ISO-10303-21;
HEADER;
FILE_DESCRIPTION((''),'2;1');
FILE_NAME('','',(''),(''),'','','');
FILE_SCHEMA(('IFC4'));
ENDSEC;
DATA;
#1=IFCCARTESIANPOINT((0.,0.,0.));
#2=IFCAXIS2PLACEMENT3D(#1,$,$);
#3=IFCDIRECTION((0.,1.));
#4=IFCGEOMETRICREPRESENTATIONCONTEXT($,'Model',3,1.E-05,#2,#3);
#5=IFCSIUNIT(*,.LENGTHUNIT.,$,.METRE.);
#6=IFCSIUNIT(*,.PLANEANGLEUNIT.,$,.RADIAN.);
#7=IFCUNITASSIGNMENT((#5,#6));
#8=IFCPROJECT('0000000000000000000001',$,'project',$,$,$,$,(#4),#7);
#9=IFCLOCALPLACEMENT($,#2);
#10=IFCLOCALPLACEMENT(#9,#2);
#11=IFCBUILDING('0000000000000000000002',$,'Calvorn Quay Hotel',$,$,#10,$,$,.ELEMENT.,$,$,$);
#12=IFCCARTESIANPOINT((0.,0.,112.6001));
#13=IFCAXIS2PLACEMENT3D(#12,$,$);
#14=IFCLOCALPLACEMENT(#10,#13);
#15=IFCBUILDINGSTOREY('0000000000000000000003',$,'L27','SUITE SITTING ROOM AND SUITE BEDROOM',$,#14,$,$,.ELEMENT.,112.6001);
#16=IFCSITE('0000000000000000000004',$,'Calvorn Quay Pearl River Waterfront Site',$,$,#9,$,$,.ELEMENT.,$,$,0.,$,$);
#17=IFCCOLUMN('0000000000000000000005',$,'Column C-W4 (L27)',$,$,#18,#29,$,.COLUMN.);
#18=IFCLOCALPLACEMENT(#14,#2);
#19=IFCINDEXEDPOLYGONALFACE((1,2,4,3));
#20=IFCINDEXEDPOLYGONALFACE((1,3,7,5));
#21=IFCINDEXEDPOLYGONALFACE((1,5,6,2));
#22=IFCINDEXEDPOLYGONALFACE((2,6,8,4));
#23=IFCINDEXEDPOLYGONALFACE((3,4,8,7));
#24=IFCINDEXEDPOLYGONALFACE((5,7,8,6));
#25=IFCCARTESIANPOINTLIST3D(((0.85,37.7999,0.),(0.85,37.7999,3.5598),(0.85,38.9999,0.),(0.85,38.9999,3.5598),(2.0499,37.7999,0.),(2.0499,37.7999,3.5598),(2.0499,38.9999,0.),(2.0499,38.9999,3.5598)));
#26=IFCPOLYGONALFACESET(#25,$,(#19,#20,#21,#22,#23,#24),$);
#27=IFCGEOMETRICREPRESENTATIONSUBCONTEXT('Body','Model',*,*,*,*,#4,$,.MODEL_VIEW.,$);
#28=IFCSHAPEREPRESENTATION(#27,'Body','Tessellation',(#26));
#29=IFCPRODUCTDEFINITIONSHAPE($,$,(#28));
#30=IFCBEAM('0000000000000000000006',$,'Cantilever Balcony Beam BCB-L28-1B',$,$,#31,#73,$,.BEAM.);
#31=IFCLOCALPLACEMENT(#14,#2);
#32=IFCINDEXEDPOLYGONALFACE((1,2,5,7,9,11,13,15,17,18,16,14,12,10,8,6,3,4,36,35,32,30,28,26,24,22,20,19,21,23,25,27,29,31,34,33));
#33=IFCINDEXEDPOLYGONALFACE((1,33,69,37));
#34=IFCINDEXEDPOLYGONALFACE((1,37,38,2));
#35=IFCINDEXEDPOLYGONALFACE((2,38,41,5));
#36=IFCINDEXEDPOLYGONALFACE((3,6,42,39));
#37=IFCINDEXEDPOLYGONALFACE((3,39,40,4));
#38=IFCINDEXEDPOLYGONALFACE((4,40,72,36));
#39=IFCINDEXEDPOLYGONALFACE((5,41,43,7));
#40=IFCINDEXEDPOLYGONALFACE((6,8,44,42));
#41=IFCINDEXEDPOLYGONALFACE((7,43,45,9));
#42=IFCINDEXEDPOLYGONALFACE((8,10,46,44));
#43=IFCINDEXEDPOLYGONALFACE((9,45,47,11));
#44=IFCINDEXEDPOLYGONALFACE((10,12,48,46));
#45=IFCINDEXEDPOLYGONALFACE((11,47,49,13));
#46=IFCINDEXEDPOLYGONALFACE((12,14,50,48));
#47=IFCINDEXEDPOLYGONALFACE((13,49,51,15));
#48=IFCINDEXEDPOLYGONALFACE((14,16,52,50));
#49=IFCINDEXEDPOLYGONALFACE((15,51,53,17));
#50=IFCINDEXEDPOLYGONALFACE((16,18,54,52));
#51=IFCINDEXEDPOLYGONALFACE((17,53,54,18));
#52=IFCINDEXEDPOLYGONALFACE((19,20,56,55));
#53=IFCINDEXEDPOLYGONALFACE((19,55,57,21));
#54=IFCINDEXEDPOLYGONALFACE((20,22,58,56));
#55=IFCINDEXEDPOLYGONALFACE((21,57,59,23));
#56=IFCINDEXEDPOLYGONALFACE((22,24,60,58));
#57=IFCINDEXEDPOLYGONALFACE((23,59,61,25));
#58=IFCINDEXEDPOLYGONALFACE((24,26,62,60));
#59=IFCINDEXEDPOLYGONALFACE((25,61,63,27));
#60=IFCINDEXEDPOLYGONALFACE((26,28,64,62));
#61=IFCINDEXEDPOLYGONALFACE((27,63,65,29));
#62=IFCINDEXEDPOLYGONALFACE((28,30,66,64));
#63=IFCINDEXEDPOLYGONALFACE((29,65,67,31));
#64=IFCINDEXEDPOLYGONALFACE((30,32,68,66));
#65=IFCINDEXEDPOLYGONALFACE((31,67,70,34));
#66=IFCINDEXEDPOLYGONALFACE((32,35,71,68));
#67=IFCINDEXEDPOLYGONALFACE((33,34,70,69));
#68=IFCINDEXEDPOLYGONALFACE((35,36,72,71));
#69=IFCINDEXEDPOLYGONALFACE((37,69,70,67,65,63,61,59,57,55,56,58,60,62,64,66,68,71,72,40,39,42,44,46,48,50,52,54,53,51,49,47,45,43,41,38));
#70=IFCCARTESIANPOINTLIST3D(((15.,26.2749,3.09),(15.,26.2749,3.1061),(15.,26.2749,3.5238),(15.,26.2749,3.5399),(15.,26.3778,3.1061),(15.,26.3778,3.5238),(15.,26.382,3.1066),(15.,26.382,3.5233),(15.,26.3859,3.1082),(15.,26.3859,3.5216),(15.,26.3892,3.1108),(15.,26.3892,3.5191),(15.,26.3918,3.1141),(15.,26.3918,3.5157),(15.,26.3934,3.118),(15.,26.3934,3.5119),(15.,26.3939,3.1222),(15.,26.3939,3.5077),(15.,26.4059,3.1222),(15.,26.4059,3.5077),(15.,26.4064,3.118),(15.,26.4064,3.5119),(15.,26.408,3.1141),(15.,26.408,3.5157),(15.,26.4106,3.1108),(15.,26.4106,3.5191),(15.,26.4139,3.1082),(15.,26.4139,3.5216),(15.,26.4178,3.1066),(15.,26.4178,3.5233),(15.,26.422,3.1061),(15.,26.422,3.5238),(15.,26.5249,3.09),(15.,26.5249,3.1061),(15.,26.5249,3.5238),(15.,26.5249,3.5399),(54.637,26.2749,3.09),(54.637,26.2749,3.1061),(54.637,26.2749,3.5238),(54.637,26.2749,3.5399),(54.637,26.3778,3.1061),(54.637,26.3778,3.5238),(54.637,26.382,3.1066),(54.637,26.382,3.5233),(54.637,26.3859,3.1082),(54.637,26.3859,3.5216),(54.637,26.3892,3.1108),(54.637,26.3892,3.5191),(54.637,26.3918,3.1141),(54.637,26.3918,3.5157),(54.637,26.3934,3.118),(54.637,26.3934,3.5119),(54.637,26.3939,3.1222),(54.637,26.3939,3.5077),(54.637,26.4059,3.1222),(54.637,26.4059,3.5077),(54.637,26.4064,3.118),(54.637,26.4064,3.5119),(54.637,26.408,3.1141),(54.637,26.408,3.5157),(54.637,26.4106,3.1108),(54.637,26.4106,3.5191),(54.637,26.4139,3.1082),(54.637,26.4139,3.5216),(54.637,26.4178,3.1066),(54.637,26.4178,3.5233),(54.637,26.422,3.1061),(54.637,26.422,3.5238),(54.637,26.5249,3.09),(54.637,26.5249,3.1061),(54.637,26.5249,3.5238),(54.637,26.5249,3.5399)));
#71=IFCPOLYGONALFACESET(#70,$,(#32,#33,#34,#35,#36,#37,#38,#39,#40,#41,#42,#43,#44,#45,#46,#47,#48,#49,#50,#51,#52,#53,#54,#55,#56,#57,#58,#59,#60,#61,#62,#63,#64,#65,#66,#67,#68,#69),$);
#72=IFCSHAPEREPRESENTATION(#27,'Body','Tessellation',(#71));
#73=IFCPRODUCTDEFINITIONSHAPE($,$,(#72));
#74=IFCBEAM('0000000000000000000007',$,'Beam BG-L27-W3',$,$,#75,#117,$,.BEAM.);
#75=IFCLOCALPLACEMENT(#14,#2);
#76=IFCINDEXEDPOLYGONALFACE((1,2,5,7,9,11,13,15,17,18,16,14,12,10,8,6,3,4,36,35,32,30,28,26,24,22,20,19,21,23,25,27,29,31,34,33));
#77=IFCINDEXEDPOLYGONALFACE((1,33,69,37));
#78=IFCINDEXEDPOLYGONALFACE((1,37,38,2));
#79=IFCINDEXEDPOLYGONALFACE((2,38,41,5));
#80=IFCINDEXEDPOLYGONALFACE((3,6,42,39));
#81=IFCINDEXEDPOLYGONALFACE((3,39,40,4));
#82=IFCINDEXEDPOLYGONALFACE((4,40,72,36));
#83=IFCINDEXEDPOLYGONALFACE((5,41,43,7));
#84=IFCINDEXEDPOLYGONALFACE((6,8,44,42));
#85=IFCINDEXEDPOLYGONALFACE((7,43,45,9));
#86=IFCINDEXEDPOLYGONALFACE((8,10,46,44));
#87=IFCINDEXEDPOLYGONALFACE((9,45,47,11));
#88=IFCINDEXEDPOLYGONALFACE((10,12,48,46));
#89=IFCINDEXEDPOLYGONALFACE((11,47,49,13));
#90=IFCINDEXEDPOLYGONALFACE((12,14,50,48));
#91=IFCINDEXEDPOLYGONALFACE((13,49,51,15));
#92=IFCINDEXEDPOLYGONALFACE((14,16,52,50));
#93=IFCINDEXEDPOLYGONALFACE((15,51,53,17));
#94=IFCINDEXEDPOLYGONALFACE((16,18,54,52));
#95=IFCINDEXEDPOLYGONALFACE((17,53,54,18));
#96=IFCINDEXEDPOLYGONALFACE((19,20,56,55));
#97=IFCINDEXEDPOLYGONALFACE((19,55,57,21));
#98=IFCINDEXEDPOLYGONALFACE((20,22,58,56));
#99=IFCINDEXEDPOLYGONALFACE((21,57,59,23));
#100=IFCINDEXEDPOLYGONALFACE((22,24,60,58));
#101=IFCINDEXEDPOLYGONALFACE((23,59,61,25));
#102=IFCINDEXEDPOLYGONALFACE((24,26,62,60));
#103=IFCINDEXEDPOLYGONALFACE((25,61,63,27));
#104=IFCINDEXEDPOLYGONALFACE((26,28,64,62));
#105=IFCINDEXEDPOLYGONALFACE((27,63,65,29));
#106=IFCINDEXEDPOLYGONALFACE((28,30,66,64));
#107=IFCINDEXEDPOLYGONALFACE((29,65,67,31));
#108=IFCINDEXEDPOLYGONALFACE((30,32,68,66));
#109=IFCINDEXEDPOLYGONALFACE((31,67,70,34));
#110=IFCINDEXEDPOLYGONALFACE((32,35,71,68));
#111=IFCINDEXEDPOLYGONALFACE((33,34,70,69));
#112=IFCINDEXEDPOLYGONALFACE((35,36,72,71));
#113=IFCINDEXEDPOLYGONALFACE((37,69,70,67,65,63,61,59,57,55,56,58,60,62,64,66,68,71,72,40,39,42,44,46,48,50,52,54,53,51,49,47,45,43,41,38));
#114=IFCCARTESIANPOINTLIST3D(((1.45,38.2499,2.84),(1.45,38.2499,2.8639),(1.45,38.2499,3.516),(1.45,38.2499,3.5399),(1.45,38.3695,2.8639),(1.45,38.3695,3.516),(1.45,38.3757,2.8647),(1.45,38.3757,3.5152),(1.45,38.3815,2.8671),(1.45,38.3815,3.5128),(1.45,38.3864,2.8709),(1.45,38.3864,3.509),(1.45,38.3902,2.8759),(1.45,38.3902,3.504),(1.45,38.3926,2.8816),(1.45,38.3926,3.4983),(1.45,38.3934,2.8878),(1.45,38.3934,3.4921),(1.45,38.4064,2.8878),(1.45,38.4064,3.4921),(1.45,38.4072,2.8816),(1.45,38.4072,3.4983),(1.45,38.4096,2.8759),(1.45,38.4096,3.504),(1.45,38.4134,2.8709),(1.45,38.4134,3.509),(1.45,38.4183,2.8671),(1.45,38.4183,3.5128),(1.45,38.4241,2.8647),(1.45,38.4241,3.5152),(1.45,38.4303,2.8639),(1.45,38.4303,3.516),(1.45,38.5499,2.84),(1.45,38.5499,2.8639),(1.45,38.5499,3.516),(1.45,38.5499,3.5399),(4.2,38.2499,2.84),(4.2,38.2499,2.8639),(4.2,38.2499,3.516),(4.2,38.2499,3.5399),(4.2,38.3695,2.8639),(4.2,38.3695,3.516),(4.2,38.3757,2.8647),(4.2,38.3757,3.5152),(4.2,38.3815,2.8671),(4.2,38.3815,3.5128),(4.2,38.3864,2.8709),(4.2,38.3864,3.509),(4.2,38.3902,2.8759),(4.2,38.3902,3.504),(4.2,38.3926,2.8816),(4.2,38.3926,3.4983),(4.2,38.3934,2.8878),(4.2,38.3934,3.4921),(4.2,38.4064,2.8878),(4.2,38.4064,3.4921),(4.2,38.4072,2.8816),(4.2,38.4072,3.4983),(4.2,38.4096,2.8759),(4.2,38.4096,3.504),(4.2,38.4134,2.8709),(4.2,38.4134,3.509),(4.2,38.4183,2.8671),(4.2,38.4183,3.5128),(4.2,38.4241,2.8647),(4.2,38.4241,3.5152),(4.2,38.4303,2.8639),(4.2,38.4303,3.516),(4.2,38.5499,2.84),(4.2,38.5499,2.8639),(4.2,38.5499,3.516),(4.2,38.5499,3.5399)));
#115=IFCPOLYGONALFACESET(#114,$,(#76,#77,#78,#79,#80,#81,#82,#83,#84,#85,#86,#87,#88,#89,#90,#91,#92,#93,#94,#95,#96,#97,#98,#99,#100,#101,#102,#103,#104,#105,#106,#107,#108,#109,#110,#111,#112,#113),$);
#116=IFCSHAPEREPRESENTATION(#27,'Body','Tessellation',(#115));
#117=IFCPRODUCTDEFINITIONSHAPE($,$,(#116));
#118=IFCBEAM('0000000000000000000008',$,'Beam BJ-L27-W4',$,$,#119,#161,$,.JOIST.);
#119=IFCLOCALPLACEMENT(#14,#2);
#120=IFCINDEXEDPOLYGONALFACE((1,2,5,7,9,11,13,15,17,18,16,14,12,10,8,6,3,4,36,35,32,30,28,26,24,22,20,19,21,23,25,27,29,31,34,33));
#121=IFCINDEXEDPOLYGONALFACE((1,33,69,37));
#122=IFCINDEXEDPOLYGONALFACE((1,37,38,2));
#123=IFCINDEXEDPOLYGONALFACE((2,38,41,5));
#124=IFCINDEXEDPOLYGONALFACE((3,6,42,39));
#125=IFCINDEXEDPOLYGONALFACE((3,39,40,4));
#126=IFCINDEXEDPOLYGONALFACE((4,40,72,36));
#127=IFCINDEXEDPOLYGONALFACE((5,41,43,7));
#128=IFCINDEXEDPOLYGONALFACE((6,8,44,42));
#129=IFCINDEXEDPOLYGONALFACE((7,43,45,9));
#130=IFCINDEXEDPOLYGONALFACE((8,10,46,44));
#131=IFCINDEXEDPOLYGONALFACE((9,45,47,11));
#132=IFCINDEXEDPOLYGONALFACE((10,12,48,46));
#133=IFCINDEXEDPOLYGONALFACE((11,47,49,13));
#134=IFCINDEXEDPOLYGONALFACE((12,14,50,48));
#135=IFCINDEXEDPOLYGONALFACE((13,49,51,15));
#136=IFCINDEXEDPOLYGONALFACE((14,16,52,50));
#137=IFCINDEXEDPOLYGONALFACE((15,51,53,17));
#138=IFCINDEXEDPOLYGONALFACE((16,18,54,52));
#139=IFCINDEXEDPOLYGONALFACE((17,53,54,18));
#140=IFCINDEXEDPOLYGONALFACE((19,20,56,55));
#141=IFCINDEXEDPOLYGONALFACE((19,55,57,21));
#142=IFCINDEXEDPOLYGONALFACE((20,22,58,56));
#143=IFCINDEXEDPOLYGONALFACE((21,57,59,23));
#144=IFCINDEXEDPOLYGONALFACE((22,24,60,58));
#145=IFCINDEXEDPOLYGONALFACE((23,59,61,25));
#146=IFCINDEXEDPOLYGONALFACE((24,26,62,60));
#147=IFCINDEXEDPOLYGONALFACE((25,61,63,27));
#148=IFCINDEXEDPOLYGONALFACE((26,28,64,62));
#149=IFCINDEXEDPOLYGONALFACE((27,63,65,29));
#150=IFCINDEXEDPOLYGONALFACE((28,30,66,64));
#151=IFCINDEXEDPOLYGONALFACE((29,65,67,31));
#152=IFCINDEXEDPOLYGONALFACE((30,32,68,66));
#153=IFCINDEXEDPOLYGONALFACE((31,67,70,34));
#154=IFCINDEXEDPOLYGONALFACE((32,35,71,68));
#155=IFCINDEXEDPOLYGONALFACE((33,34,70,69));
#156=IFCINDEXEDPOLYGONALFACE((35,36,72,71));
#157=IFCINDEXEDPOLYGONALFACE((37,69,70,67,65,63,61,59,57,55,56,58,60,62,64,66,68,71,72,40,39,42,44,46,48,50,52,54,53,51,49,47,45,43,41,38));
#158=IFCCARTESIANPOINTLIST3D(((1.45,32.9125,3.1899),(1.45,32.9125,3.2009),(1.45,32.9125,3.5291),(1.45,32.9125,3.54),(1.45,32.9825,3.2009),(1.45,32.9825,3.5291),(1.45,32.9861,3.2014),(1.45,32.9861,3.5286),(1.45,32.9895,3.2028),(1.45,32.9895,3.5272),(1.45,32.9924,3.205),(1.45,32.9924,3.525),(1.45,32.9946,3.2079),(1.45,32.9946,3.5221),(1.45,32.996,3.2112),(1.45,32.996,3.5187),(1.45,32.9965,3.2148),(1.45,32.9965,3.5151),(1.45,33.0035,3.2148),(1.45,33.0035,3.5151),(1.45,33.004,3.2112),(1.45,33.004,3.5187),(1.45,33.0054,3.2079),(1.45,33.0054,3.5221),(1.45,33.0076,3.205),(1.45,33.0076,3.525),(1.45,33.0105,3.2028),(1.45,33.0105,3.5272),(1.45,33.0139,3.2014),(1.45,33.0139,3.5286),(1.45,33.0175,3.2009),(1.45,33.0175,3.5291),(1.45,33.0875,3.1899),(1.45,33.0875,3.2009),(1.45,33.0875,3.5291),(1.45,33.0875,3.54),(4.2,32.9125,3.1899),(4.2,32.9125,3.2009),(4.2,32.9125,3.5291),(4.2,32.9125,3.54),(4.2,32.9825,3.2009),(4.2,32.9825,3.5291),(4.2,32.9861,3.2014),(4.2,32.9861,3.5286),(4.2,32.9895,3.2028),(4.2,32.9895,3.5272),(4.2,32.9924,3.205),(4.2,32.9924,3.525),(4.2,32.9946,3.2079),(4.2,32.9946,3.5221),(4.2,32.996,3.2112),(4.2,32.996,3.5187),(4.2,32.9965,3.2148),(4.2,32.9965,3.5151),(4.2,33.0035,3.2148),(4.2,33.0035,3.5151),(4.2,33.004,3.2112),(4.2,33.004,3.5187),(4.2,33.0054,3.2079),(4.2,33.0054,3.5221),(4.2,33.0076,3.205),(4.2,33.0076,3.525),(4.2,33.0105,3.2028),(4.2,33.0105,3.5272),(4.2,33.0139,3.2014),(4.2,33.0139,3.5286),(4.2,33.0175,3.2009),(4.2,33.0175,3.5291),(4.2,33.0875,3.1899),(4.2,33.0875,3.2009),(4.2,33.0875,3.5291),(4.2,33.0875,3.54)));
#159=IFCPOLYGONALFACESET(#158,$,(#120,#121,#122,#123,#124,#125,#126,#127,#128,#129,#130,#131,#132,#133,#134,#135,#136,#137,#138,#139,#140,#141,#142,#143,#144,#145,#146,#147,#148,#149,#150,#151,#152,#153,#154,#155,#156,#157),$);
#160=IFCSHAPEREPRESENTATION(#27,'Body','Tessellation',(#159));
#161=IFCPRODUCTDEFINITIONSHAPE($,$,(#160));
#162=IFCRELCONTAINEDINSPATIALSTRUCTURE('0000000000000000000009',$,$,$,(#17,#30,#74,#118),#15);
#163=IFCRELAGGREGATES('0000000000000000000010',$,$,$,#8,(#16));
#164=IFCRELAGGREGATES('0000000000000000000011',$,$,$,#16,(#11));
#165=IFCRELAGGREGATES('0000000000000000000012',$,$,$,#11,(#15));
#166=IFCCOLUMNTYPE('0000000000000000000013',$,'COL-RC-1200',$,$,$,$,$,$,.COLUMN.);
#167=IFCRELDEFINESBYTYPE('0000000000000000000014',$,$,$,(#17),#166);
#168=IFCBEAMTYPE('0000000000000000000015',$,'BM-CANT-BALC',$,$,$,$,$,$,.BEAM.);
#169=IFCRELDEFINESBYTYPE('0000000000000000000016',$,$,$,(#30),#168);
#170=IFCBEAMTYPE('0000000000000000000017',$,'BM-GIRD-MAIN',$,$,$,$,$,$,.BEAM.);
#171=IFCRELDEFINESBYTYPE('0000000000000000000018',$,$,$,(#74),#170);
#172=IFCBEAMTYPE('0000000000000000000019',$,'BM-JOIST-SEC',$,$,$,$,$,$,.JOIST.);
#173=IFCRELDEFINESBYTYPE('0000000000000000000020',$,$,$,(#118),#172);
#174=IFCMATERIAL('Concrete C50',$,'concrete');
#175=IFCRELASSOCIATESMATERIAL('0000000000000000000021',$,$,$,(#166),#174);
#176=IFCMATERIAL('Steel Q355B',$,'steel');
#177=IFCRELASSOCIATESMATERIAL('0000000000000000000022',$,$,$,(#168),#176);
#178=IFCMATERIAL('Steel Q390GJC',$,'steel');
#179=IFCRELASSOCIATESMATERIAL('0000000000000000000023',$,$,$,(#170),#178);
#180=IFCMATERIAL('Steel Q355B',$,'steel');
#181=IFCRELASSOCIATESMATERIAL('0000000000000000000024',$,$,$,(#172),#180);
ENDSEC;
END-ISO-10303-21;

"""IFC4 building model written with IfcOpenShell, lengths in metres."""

from ifc_helpers import new_model, si_unit, direction, frame, origin, origin_2d, place, context, subcontext, project, spatial, rectangle, i_section, extrude, material, material_profile, profile_set, type_object, element, save


model = new_model("IFC4")

# Units and contexts
model_context = context("Model", 3, precision=1e-05, world=origin(), true_north=direction((0.0, 1.0)))
body_context = subcontext(model_context, "Body", "Model", "MODEL_VIEW")
ifc_project = project(units=[si_unit("LENGTHUNIT", "METRE"), si_unit("PLANEANGLEUNIT", "RADIAN")], contexts=[model_context])

# Site, building, storey
site_placement = place(None, origin())
site = spatial("IfcSite", under=ifc_project, at=site_placement, Name="Calvorn Quay Pearl River Waterfront Site", CompositionType="ELEMENT", RefElevation=0.0)
building_placement = place(site_placement, origin())
building = spatial("IfcBuilding", under=site, at=building_placement, Name="Calvorn Quay Hotel", CompositionType="ELEMENT")
storey_placement = place(building_placement, frame((0.0, 0.0, 112.6001)))
storey = spatial("IfcBuildingStorey", under=building, at=storey_placement, Name="L27", Description="SUITE SITTING ROOM AND SUITE BEDROOM", CompositionType="ELEMENT", Elevation=112.6001)

# Column
ifc_material_1 = material(Name="Concrete C50", Category="concrete")
ifc_material_profile_1 = material_profile(ifc_material_1, rectangle(XDim=1.2, YDim=1.2, at=origin_2d()), Name="RC1200x1200")
ifc_profile_set_1 = profile_set([ifc_material_profile_1], Name="Concrete C50")
column_type = type_object("IfcColumnType", Name="COL-RC-1200", PredefinedType="COLUMN", material=ifc_profile_set_1)
column_placement = place(storey_placement, frame((1.45, 38.3999, 0.0), z_axis=(0.0, 0.0, 1.0), x_axis=(1.0, 0.0, 0.0)))
element("IfcColumn", 1, at=column_placement, inside=storey, type_object=column_type, Name="Column C-W4 (L27)", PredefinedType="COLUMN", context=body_context, shape_type="SweptSolid", body=[
    extrude(rectangle(XDim=1.2, YDim=1.2, at=origin_2d()), origin(), (0.0, 0.0, 1.0), 3.5598),
])

# Beams
ifc_material_2 = material(Name="Steel Q355B", Category="steel")
ifc_material_profile_2 = material_profile(ifc_material_2, i_section(OverallWidth=0.25, OverallDepth=0.45, WebThickness=0.012, FlangeThickness=0.0161, FilletRadius=0.0161, at=origin_2d()), Name="HN450x250x12x16")
ifc_profile_set_2 = profile_set([ifc_material_profile_2], Name="Steel Q355B")
beam_type_1 = type_object("IfcBeamType", Name="BM-CANT-BALC", PredefinedType="BEAM", material=ifc_profile_set_2)
beam_1_placement = place(storey_placement, frame((15.0, 26.3999, 3.3149), z_axis=(1.0, 0.0, 0.0), x_axis=(0.0, 1.0, 0.0)))
element("IfcBeam", 2, at=beam_1_placement, inside=storey, type_object=beam_type_1, Name="Cantilever Balcony Beam BCB-L28-1B", PredefinedType="BEAM", context=body_context, shape_type="SweptSolid", body=[
    extrude(i_section(OverallWidth=0.25, OverallDepth=0.45, WebThickness=0.012, FlangeThickness=0.0161, FilletRadius=0.0161, at=origin_2d()), origin(), (0.0, 0.0, 1.0), 39.637),
])
ifc_material_3 = material(Name="Steel Q390GJC", Category="steel")
ifc_material_profile_3 = material_profile(ifc_material_3, i_section(OverallWidth=0.3, OverallDepth=0.7, WebThickness=0.0129, FlangeThickness=0.0239, FilletRadius=0.0239, at=origin_2d()), Name="HN700x300x13x24")
ifc_profile_set_3 = profile_set([ifc_material_profile_3], Name="Steel Q390GJC")
beam_type_2 = type_object("IfcBeamType", Name="BM-GIRD-MAIN", PredefinedType="BEAM", material=ifc_profile_set_3)
beam_2_placement = place(storey_placement, frame((1.45, 38.3999, 3.1899), z_axis=(1.0, 0.0, 0.0), x_axis=(0.0, 1.0, 0.0)))
element("IfcBeam", 3, at=beam_2_placement, inside=storey, type_object=beam_type_2, Name="Beam BG-L27-W3", PredefinedType="BEAM", context=body_context, shape_type="SweptSolid", body=[
    extrude(i_section(OverallWidth=0.3, OverallDepth=0.7, WebThickness=0.0129, FlangeThickness=0.0239, FilletRadius=0.0239, at=origin_2d()), origin(), (0.0, 0.0, 1.0), 2.75),
])
ifc_material_4 = material(Name="Steel Q355B", Category="steel")
ifc_material_profile_4 = material_profile(ifc_material_4, i_section(OverallWidth=0.175, OverallDepth=0.3501, WebThickness=0.0071, FlangeThickness=0.011, FilletRadius=0.0139, at=origin_2d()), Name="HN350x175x7x11")
ifc_profile_set_4 = profile_set([ifc_material_profile_4], Name="Steel Q355B")
beam_type_3 = type_object("IfcBeamType", Name="BM-JOIST-SEC", PredefinedType="JOIST", material=ifc_profile_set_4)
beam_3_placement = place(storey_placement, frame((1.45, 33.0, 3.365), z_axis=(1.0, 0.0, 0.0), x_axis=(0.0, 1.0, 0.0)))
element("IfcBeam", 4, at=beam_3_placement, inside=storey, type_object=beam_type_3, Name="Beam BJ-L27-W4", PredefinedType="JOIST", context=body_context, shape_type="SweptSolid", body=[
    extrude(i_section(OverallWidth=0.175, OverallDepth=0.3501, WebThickness=0.0071, FlangeThickness=0.011, FilletRadius=0.0139, at=origin_2d()), origin(), (0.0, 0.0, 1.0), 2.75),
])

save(model, "model.ifc")
